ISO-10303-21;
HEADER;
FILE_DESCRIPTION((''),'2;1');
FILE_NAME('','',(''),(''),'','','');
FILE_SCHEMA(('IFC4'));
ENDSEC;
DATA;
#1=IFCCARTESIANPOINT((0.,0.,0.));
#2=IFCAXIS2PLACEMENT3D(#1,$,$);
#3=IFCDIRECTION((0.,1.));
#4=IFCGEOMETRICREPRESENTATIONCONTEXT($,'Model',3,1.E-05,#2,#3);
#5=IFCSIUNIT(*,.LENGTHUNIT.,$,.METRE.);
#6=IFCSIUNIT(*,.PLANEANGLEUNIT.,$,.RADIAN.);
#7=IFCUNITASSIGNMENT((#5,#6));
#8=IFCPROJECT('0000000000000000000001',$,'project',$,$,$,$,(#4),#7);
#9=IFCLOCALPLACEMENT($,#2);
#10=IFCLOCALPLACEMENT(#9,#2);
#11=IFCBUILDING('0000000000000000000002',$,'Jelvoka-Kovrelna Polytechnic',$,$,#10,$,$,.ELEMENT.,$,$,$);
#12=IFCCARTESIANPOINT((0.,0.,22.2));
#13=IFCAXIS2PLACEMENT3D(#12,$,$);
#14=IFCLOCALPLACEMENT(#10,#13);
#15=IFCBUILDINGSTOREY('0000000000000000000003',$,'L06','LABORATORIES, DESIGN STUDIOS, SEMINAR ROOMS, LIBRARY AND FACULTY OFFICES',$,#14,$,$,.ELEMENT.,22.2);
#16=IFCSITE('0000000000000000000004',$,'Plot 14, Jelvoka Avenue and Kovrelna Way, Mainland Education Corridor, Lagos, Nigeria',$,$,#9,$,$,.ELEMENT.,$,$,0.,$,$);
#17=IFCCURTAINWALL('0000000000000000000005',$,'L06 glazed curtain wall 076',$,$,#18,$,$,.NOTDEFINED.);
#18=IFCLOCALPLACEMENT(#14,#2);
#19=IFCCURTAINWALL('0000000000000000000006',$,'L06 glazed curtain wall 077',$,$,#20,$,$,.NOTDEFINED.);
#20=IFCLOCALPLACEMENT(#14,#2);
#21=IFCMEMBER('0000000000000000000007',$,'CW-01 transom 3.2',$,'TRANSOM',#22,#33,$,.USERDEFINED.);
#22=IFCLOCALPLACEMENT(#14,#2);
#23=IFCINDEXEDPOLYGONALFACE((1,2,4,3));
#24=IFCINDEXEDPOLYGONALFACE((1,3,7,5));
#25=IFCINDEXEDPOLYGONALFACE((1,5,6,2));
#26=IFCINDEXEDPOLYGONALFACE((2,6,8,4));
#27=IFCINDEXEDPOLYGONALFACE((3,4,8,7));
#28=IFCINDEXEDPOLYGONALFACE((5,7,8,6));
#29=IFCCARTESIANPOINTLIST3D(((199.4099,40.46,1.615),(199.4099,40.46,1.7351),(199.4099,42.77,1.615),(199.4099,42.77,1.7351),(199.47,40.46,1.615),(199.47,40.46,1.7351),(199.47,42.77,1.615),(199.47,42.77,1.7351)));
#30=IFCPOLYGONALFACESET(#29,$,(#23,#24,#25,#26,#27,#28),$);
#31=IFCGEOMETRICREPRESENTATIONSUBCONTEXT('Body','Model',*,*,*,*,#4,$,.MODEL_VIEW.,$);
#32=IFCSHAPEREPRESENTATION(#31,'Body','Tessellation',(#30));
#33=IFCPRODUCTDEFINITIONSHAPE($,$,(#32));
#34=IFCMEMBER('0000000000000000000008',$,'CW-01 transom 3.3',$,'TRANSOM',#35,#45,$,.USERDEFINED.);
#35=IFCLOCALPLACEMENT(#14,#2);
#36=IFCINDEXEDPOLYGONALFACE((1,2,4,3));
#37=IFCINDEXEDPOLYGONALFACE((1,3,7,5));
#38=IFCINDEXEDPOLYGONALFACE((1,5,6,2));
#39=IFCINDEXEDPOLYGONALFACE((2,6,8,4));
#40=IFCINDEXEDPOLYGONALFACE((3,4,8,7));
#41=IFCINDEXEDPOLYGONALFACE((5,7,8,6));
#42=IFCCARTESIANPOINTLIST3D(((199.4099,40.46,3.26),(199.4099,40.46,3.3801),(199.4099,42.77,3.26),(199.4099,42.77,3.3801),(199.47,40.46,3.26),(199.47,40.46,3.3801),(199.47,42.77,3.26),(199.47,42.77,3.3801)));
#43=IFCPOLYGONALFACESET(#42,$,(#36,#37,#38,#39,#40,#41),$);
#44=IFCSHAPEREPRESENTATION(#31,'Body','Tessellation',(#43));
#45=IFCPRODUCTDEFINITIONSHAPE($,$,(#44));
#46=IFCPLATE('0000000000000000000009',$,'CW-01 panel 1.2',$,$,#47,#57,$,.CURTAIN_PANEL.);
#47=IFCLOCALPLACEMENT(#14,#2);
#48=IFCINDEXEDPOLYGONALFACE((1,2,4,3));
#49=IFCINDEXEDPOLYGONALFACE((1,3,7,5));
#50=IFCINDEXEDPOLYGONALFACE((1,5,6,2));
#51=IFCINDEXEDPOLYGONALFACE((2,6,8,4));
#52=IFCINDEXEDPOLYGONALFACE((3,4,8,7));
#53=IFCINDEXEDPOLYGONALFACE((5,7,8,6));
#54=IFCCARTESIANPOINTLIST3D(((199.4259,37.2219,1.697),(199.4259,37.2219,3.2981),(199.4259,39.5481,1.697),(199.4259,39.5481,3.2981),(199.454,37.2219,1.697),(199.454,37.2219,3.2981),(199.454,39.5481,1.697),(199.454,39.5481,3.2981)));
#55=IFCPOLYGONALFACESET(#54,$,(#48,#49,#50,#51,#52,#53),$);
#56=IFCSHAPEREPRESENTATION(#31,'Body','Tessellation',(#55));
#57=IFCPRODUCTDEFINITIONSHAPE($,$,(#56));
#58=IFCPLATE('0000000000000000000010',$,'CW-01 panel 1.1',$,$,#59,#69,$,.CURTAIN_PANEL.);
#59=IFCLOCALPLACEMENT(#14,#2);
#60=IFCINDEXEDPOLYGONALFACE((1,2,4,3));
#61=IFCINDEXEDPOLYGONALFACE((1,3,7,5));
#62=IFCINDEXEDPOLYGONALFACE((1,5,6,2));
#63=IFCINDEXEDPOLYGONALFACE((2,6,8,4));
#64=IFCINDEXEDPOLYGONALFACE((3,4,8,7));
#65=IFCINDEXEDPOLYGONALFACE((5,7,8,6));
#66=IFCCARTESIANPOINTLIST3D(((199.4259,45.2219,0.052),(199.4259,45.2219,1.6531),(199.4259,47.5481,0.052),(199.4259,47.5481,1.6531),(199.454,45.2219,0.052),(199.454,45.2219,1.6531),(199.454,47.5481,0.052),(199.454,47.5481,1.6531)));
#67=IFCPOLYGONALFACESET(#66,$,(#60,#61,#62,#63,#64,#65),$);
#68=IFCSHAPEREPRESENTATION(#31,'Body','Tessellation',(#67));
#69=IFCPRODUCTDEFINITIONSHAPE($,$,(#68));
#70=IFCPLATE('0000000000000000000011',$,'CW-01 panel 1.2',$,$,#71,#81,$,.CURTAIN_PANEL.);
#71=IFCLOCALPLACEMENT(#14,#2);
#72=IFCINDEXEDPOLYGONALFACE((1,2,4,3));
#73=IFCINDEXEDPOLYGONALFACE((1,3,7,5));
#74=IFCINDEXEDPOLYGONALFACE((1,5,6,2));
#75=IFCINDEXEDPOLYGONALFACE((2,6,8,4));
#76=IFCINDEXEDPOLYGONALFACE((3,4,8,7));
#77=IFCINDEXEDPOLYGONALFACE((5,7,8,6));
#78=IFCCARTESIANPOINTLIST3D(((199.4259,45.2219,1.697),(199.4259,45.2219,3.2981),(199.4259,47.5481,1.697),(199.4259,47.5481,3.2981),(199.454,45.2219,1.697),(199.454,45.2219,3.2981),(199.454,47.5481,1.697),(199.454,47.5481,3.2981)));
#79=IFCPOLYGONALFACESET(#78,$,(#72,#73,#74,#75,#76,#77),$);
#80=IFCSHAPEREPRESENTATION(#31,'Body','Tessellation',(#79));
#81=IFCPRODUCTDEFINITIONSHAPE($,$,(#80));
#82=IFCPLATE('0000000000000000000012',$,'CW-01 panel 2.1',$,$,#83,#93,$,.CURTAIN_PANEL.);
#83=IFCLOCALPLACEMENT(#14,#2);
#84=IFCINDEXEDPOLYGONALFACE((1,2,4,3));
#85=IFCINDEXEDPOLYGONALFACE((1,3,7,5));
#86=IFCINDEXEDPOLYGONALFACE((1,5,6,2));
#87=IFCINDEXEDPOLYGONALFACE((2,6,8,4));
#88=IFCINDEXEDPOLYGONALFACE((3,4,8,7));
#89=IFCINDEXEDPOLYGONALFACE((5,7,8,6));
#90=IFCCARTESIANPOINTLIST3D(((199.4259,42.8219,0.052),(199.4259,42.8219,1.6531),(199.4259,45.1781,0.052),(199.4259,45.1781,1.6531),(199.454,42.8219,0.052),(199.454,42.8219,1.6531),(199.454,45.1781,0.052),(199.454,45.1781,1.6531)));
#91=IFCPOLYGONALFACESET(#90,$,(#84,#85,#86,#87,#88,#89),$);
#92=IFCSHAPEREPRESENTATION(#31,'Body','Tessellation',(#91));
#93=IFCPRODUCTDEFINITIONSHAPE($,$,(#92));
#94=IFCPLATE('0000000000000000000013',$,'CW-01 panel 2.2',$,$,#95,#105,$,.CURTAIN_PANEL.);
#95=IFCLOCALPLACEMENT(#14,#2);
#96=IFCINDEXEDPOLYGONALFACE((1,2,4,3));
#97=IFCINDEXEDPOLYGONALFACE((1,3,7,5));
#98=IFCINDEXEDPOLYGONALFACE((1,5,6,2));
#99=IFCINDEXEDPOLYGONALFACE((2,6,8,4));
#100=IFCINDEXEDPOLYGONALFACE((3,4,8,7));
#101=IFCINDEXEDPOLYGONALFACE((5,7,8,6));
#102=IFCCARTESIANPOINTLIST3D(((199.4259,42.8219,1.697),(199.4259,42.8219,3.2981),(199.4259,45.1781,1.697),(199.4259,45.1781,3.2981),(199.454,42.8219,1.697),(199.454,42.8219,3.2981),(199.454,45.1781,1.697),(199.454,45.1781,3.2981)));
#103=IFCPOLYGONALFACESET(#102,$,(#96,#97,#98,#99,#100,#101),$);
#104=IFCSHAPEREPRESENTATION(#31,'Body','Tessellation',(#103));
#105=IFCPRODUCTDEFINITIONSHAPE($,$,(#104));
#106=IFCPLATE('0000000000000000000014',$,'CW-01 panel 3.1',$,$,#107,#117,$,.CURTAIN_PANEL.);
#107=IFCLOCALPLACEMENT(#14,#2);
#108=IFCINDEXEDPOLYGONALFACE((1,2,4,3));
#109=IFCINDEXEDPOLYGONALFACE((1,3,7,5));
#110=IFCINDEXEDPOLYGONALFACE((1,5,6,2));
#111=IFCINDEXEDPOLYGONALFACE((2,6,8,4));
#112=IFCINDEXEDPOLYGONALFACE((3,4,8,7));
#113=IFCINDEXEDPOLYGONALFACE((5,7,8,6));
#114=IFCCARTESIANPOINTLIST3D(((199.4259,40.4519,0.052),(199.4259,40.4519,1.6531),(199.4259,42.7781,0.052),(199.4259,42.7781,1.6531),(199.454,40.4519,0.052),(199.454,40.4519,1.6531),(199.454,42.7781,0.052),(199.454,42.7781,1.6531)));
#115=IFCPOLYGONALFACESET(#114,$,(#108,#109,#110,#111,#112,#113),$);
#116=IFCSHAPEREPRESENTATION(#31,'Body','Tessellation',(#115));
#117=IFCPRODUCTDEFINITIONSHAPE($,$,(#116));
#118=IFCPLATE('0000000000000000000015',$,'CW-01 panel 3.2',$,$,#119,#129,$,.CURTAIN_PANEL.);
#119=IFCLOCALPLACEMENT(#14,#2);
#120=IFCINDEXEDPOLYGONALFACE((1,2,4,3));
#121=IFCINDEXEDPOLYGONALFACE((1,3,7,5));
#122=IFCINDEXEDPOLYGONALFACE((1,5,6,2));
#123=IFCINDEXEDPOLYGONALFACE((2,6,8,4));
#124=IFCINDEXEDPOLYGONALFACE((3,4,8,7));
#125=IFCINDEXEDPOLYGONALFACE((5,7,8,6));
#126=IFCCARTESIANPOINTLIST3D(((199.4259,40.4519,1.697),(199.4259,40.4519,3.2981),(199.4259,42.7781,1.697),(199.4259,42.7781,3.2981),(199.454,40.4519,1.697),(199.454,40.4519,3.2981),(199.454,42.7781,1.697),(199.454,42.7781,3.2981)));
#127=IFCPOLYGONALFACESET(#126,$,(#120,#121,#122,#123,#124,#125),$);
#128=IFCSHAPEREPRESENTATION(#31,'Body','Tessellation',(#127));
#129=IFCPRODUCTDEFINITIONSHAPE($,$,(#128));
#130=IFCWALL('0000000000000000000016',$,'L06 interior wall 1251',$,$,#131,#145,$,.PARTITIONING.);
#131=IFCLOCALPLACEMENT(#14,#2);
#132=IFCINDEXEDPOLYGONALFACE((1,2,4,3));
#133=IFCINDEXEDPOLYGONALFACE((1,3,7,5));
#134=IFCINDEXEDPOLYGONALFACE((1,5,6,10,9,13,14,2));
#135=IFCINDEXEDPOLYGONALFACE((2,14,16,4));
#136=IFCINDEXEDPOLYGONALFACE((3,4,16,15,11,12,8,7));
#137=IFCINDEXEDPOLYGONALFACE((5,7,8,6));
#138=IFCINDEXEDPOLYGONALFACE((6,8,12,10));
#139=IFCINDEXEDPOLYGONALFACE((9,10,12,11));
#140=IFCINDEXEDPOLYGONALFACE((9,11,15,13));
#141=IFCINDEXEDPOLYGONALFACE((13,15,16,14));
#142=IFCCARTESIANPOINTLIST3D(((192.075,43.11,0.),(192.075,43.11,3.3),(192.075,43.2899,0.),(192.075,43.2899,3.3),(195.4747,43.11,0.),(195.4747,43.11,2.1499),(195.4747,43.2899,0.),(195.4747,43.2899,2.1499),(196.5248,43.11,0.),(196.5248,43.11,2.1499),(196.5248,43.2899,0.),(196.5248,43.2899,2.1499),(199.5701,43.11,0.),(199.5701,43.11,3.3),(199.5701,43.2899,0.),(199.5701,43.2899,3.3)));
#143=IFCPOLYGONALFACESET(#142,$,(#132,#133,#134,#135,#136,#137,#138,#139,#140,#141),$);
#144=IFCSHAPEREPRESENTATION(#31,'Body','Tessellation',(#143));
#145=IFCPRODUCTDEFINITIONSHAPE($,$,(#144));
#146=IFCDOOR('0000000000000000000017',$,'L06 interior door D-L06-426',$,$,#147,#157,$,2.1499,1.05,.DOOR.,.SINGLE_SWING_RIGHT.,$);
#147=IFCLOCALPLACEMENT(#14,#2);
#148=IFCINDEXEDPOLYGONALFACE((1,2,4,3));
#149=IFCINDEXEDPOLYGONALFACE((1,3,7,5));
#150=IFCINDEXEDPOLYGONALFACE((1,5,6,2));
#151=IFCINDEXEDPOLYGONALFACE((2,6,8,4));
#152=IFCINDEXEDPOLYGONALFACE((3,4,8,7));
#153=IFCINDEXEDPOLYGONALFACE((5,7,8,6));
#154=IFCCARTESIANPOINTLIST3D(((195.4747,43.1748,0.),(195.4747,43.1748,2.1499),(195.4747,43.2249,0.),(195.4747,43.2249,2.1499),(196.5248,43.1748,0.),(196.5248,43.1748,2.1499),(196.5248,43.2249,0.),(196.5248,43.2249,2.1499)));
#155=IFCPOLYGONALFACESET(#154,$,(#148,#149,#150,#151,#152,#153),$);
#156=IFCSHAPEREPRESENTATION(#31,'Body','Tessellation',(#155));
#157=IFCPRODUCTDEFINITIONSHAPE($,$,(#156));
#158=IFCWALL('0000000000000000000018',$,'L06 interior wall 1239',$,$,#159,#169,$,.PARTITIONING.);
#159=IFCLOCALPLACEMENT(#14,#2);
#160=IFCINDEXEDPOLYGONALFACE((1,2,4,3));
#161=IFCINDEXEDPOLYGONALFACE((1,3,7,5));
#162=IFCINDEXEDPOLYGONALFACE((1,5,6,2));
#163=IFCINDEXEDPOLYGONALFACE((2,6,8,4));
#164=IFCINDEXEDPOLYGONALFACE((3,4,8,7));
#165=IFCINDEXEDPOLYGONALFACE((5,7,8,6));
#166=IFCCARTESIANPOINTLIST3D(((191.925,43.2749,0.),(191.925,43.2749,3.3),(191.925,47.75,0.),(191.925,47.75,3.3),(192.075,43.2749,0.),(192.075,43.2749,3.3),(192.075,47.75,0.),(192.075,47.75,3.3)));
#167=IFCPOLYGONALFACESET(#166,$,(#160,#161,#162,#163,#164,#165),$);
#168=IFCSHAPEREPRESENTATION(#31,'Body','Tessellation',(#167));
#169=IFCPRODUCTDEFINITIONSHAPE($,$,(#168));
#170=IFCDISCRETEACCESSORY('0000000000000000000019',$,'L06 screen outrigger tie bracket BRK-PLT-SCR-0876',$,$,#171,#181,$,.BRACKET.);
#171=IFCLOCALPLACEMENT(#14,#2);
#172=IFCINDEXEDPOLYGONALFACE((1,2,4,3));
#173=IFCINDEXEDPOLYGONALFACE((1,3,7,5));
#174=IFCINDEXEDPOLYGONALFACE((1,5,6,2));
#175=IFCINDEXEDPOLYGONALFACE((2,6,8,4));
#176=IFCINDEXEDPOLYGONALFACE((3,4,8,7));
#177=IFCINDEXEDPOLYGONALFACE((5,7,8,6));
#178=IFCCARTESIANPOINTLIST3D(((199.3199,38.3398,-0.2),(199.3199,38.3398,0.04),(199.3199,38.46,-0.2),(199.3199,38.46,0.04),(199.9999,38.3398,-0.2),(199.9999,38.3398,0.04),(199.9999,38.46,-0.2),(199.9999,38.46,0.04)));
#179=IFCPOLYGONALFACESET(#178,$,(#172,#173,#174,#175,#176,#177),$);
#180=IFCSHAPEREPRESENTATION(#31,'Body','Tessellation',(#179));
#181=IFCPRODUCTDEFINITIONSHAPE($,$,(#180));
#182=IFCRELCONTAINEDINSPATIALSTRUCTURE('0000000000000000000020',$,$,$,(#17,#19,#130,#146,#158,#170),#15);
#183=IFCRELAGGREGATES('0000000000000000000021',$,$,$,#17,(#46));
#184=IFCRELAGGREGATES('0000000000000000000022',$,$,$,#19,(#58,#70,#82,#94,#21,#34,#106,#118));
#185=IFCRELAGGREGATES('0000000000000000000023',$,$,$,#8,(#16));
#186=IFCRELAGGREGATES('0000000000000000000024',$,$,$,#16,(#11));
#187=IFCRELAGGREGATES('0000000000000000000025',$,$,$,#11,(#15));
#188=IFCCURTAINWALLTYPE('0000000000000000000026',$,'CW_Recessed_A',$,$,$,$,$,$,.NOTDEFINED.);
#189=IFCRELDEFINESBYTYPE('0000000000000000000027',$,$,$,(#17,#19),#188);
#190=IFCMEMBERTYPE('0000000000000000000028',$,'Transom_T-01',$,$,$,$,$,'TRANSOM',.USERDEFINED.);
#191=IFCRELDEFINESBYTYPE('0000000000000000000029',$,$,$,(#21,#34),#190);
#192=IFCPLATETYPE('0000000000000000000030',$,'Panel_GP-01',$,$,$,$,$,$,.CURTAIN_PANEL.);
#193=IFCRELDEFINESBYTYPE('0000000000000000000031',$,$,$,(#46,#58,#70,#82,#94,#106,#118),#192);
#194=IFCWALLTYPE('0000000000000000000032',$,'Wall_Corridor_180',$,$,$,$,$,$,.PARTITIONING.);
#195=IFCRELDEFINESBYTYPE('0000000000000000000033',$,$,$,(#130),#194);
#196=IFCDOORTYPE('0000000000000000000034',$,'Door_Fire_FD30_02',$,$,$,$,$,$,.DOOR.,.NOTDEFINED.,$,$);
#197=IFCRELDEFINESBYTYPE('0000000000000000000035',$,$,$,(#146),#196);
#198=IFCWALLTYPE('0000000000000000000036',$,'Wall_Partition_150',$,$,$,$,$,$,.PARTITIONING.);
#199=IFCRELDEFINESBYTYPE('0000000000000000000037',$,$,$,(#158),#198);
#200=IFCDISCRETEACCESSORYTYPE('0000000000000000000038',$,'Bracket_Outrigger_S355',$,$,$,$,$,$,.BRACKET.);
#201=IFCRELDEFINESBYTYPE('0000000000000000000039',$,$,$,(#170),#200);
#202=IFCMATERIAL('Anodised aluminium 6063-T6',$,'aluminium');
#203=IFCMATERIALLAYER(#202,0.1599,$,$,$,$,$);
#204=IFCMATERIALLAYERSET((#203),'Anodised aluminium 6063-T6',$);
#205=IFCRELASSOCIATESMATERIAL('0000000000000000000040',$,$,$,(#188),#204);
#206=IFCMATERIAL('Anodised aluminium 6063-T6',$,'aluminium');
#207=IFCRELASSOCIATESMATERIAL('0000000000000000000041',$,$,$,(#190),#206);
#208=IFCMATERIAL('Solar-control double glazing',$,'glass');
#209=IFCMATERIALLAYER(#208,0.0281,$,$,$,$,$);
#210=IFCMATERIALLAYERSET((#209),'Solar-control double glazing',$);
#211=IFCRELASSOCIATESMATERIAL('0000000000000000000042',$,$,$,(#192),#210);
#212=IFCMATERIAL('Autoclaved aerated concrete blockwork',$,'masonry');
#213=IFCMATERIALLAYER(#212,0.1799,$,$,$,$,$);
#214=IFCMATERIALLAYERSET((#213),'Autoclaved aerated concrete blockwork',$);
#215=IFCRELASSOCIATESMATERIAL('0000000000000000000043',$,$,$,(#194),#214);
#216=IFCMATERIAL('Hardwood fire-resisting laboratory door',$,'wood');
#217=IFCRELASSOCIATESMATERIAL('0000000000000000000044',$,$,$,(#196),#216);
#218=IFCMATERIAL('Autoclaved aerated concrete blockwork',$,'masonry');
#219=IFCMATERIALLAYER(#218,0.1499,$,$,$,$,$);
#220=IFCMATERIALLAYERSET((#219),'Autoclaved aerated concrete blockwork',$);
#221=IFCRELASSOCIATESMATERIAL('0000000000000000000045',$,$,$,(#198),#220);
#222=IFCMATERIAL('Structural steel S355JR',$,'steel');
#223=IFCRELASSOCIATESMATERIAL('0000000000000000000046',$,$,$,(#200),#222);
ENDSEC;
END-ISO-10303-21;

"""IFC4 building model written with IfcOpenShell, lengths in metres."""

from ifc_helpers import new_model, si_unit, direction, frame, frame_2d, origin, origin_2d, place, context, subcontext, project, spatial, rectangle, extrude, material, layer, layer_set, material_profile, profile_set, type_object, element, fill, aggregate, save


model = new_model("IFC4")

# Units and contexts
model_context = context("Model", 3, precision=1e-05, world=origin(), true_north=direction((0.0, 1.0)))
body_context = subcontext(model_context, "Body", "Model", "MODEL_VIEW")
ifc_project = project(units=[si_unit("LENGTHUNIT", "METRE"), si_unit("PLANEANGLEUNIT", "RADIAN")], contexts=[model_context])

# Site, building, storey
site_placement = place(None, origin())
site = spatial("IfcSite", under=ifc_project, at=site_placement, Name="Plot 14, Jelvoka Avenue and Kovrelna Way, Mainland Education Corridor, Lagos, Nigeria", CompositionType="ELEMENT", RefElevation=0.0)
building_placement = place(site_placement, origin())
building = spatial("IfcBuilding", under=site, at=building_placement, Name="Jelvoka-Kovrelna Polytechnic", CompositionType="ELEMENT")
storey_placement = place(building_placement, frame((0.0, 0.0, 22.2)))
storey = spatial("IfcBuildingStorey", under=building, at=storey_placement, Name="L06", Description="LABORATORIES, DESIGN STUDIOS, SEMINAR ROOMS, LIBRARY AND FACULTY OFFICES", CompositionType="ELEMENT", Elevation=22.2)

# Curtain wall
ifc_material_1 = material(Name="Anodised aluminium 6063-T6", Category="aluminium")
ifc_layer_1 = layer(ifc_material_1, 0.1599)
ifc_layer_set_1 = layer_set([ifc_layer_1], Name="Anodised aluminium 6063-T6")
curtain_wall_type = type_object("IfcCurtainWallType", Name="CW_Recessed_A", PredefinedType="NOTDEFINED", material=ifc_layer_set_1)
curtain_wall_1_placement = place(storey_placement, origin())
curtain_wall_1 = element("IfcCurtainWall", 1, at=curtain_wall_1_placement, inside=storey, type_object=curtain_wall_type, Name="L06 glazed curtain wall 076", PredefinedType="NOTDEFINED")

# Curtain wall
curtain_wall_2_placement = place(storey_placement, origin())
curtain_wall_2 = element("IfcCurtainWall", 2, at=curtain_wall_2_placement, inside=storey, type_object=curtain_wall_type, Name="L06 glazed curtain wall 077", PredefinedType="NOTDEFINED")

# Members
ifc_material_2 = material(Name="Anodised aluminium 6063-T6", Category="aluminium")
ifc_material_profile_1 = material_profile(ifc_material_2, rectangle(XDim=0.0601, YDim=0.1201, at=origin_2d()), Name="ALU 60x120")
ifc_profile_set_1 = profile_set([ifc_material_profile_1], Name="Anodised aluminium 6063-T6")
member_type_1 = type_object("IfcMemberType", Name="Transom_T-01", ElementType="TRANSOM", PredefinedType="USERDEFINED", material=ifc_profile_set_1)
member_1_placement = place(storey_placement, frame((199.4399, 42.77, 1.675), z_axis=(0.0, -1.0, 0.0), x_axis=(1.0, 0.0, 0.0)))
member_1 = element("IfcMember", 3, at=member_1_placement, type_object=member_type_1, Name="CW-01 transom 3.2", ObjectType="TRANSOM", PredefinedType="USERDEFINED", context=body_context, shape_type="SweptSolid", body=[
    extrude(rectangle(XDim=0.0601, YDim=0.1201, at=origin_2d()), origin(), (0.0, 0.0, 1.0), 2.3101),
])
member_2_placement = place(storey_placement, frame((199.4399, 42.77, 3.3201), z_axis=(0.0, -1.0, 0.0), x_axis=(1.0, 0.0, 0.0)))
member_2 = element("IfcMember", 4, at=member_2_placement, type_object=member_type_1, Name="CW-01 transom 3.3", ObjectType="TRANSOM", PredefinedType="USERDEFINED", context=body_context, shape_type="SweptSolid", body=[
    extrude(rectangle(XDim=0.0601, YDim=0.1201, at=origin_2d()), origin(), (0.0, 0.0, 1.0), 2.3101),
])

# Plates
ifc_material_3 = material(Name="Solar-control double glazing", Category="glass")
ifc_layer_2 = layer(ifc_material_3, 0.0281)
ifc_layer_set_2 = layer_set([ifc_layer_2], Name="Solar-control double glazing")
plate_type = type_object("IfcPlateType", Name="Panel_GP-01", PredefinedType="CURTAIN_PANEL", material=ifc_layer_set_2)
plate_1_placement = place(storey_placement, frame((199.4399, 38.385, 1.697), z_axis=(0.0, 0.0, 1.0), x_axis=(0.0, -1.0, 0.0)))
plate_1 = element("IfcPlate", 5, at=plate_1_placement, type_object=plate_type, Name="CW-01 panel 1.2", PredefinedType="CURTAIN_PANEL", context=body_context, shape_type="SweptSolid", body=[
    extrude(rectangle(XDim=2.3262, YDim=0.0281, at=origin_2d()), origin(), (0.0, 0.0, 1.0), 1.6011),
])
aggregate(curtain_wall_1, [plate_1])
plate_2_placement = place(storey_placement, frame((199.4399, 46.385, 0.052), z_axis=(0.0, 0.0, 1.0), x_axis=(0.0, -1.0, 0.0)))
plate_2 = element("IfcPlate", 6, at=plate_2_placement, type_object=plate_type, Name="CW-01 panel 1.1", PredefinedType="CURTAIN_PANEL", context=body_context, shape_type="SweptSolid", body=[
    extrude(rectangle(XDim=2.3262, YDim=0.0281, at=origin_2d()), origin(), (0.0, 0.0, 1.0), 1.6011),
])
plate_3_placement = place(storey_placement, frame((199.4399, 46.385, 1.697), z_axis=(0.0, 0.0, 1.0), x_axis=(0.0, -1.0, 0.0)))
plate_3 = element("IfcPlate", 7, at=plate_3_placement, type_object=plate_type, Name="CW-01 panel 1.2", PredefinedType="CURTAIN_PANEL", context=body_context, shape_type="SweptSolid", body=[
    extrude(rectangle(XDim=2.3262, YDim=0.0281, at=origin_2d()), origin(), (0.0, 0.0, 1.0), 1.6011),
])
plate_4_placement = place(storey_placement, frame((199.4399, 44.0, 0.052), z_axis=(0.0, 0.0, 1.0), x_axis=(0.0, -1.0, 0.0)))
plate_4 = element("IfcPlate", 8, at=plate_4_placement, type_object=plate_type, Name="CW-01 panel 2.1", PredefinedType="CURTAIN_PANEL", context=body_context, shape_type="SweptSolid", body=[
    extrude(rectangle(XDim=2.3562, YDim=0.0281, at=origin_2d()), origin(), (0.0, 0.0, 1.0), 1.6011),
])
plate_5_placement = place(storey_placement, frame((199.4399, 44.0, 1.697), z_axis=(0.0, 0.0, 1.0), x_axis=(0.0, -1.0, 0.0)))
plate_5 = element("IfcPlate", 9, at=plate_5_placement, type_object=plate_type, Name="CW-01 panel 2.2", PredefinedType="CURTAIN_PANEL", context=body_context, shape_type="SweptSolid", body=[
    extrude(rectangle(XDim=2.3562, YDim=0.0281, at=origin_2d()), origin(), (0.0, 0.0, 1.0), 1.6011),
])
plate_6_placement = place(storey_placement, frame((199.4399, 41.615, 0.052), z_axis=(0.0, 0.0, 1.0), x_axis=(0.0, -1.0, 0.0)))
plate_6 = element("IfcPlate", 10, at=plate_6_placement, type_object=plate_type, Name="CW-01 panel 3.1", PredefinedType="CURTAIN_PANEL", context=body_context, shape_type="SweptSolid", body=[
    extrude(rectangle(XDim=2.3262, YDim=0.0281, at=origin_2d()), origin(), (0.0, 0.0, 1.0), 1.6011),
])
plate_7_placement = place(storey_placement, frame((199.4399, 41.615, 1.697), z_axis=(0.0, 0.0, 1.0), x_axis=(0.0, -1.0, 0.0)))
plate_7 = element("IfcPlate", 11, at=plate_7_placement, type_object=plate_type, Name="CW-01 panel 3.2", PredefinedType="CURTAIN_PANEL", context=body_context, shape_type="SweptSolid", body=[
    extrude(rectangle(XDim=2.3262, YDim=0.0281, at=origin_2d()), origin(), (0.0, 0.0, 1.0), 1.6011),
])
aggregate(curtain_wall_2, [plate_2, plate_3, plate_4, plate_5, member_1, member_2, plate_6, plate_7])

# Wall, opening, door
ifc_material_4 = material(Name="Autoclaved aerated concrete blockwork", Category="masonry")
ifc_layer_3 = layer(ifc_material_4, 0.1799)
ifc_layer_set_3 = layer_set([ifc_layer_3], Name="Autoclaved aerated concrete blockwork")
wall_type_1 = type_object("IfcWallType", Name="Wall_Corridor_180", PredefinedType="PARTITIONING", material=ifc_layer_set_3)
wall_1_placement = place(storey_placement, frame((192.075, 43.2, 0.0), z_axis=(0.0, 0.0, 1.0), x_axis=(1.0, 0.0, 0.0)))
wall_1 = element("IfcWall", 12, at=wall_1_placement, inside=storey, type_object=wall_type_1, Name="L06 interior wall 1251", PredefinedType="PARTITIONING", context=body_context, shape_type="SweptSolid", body=[
    extrude(rectangle(XDim=7.4951, YDim=0.1799, at=frame_2d((3.7476, 0.0))), origin(), (0.0, 0.0, 1.0), 3.3),
])
opening_placement = place(wall_1_placement, frame((3.3999, 0.0, 0.0)))
opening = element("IfcOpeningElement", 13, at=opening_placement, cuts=wall_1, PredefinedType="OPENING", context=body_context, shape_type="SweptSolid", body=[
    extrude(rectangle(XDim=1.05, YDim=2.1499, at=frame_2d((0.5249, 1.075))), frame((0.0, 0.0999, 0.0), z_axis=(0.0, -1.0, 0.0), x_axis=(1.0, 0.0, 0.0)), (0.0, 0.0, 1.0), 0.2),
])
ifc_material_5 = material(Name="Hardwood fire-resisting laboratory door", Category="wood")
door_type = type_object("IfcDoorType", Name="Door_Fire_FD30_02", OperationType="NOTDEFINED", PredefinedType="DOOR", material=ifc_material_5)
door_placement = place(opening_placement, origin())
door = element("IfcDoor", 14, at=door_placement, inside=storey, type_object=door_type, Name="L06 interior door D-L06-426", OperationType="SINGLE_SWING_RIGHT", OverallHeight=2.1499, OverallWidth=1.05, PredefinedType="DOOR", context=body_context, shape_type="SweptSolid", body=[
    extrude(rectangle(XDim=1.05, YDim=2.1499, at=frame_2d((0.5249, 1.075))), frame((0.0, 0.0249, 0.0), z_axis=(0.0, -1.0, 0.0), x_axis=(1.0, 0.0, 0.0)), (0.0, 0.0, 1.0), 0.05),
])
fill(opening, door)

# Wall
ifc_material_6 = material(Name="Autoclaved aerated concrete blockwork", Category="masonry")
ifc_layer_4 = layer(ifc_material_6, 0.1499)
ifc_layer_set_4 = layer_set([ifc_layer_4], Name="Autoclaved aerated concrete blockwork")
wall_type_2 = type_object("IfcWallType", Name="Wall_Partition_150", PredefinedType="PARTITIONING", material=ifc_layer_set_4)
wall_2_placement = place(storey_placement, frame((192.0, 43.2749, 0.0), z_axis=(0.0, 0.0, 1.0), x_axis=(0.0, 1.0, 0.0)))
element("IfcWall", 15, at=wall_2_placement, inside=storey, type_object=wall_type_2, Name="L06 interior wall 1239", PredefinedType="PARTITIONING", context=body_context, shape_type="SweptSolid", body=[
    extrude(rectangle(XDim=4.4751, YDim=0.1499, at=frame_2d((2.2375, 0.0))), origin(), (0.0, 0.0, 1.0), 3.3),
])

# Discrete accessory
ifc_material_7 = material(Name="Structural steel S355JR", Category="steel")
discrete_accessory_type = type_object("IfcDiscreteAccessoryType", Name="Bracket_Outrigger_S355", PredefinedType="BRACKET", material=ifc_material_7)
for number, where, z_axis, x_axis, name in (
    (16, (199.6599, 38.3999, -0.2), (0.0, 0.0, 1.0), (1.0, 0.0, 0.0), "L06 screen outrigger tie bracket BRK-PLT-SCR-0876"),
):
    element("IfcDiscreteAccessory", number, at=place(storey_placement, frame(where, z_axis=z_axis, x_axis=x_axis)), inside=storey, type_object=discrete_accessory_type, Name=name, PredefinedType="BRACKET", context=body_context, shape_type="SweptSolid", body=[
        extrude(rectangle(XDim=0.6799, YDim=0.1201, at=origin_2d()), origin(), (0.0, 0.0, 1.0), 0.24),
    ])

save(model, "model.ifc")
